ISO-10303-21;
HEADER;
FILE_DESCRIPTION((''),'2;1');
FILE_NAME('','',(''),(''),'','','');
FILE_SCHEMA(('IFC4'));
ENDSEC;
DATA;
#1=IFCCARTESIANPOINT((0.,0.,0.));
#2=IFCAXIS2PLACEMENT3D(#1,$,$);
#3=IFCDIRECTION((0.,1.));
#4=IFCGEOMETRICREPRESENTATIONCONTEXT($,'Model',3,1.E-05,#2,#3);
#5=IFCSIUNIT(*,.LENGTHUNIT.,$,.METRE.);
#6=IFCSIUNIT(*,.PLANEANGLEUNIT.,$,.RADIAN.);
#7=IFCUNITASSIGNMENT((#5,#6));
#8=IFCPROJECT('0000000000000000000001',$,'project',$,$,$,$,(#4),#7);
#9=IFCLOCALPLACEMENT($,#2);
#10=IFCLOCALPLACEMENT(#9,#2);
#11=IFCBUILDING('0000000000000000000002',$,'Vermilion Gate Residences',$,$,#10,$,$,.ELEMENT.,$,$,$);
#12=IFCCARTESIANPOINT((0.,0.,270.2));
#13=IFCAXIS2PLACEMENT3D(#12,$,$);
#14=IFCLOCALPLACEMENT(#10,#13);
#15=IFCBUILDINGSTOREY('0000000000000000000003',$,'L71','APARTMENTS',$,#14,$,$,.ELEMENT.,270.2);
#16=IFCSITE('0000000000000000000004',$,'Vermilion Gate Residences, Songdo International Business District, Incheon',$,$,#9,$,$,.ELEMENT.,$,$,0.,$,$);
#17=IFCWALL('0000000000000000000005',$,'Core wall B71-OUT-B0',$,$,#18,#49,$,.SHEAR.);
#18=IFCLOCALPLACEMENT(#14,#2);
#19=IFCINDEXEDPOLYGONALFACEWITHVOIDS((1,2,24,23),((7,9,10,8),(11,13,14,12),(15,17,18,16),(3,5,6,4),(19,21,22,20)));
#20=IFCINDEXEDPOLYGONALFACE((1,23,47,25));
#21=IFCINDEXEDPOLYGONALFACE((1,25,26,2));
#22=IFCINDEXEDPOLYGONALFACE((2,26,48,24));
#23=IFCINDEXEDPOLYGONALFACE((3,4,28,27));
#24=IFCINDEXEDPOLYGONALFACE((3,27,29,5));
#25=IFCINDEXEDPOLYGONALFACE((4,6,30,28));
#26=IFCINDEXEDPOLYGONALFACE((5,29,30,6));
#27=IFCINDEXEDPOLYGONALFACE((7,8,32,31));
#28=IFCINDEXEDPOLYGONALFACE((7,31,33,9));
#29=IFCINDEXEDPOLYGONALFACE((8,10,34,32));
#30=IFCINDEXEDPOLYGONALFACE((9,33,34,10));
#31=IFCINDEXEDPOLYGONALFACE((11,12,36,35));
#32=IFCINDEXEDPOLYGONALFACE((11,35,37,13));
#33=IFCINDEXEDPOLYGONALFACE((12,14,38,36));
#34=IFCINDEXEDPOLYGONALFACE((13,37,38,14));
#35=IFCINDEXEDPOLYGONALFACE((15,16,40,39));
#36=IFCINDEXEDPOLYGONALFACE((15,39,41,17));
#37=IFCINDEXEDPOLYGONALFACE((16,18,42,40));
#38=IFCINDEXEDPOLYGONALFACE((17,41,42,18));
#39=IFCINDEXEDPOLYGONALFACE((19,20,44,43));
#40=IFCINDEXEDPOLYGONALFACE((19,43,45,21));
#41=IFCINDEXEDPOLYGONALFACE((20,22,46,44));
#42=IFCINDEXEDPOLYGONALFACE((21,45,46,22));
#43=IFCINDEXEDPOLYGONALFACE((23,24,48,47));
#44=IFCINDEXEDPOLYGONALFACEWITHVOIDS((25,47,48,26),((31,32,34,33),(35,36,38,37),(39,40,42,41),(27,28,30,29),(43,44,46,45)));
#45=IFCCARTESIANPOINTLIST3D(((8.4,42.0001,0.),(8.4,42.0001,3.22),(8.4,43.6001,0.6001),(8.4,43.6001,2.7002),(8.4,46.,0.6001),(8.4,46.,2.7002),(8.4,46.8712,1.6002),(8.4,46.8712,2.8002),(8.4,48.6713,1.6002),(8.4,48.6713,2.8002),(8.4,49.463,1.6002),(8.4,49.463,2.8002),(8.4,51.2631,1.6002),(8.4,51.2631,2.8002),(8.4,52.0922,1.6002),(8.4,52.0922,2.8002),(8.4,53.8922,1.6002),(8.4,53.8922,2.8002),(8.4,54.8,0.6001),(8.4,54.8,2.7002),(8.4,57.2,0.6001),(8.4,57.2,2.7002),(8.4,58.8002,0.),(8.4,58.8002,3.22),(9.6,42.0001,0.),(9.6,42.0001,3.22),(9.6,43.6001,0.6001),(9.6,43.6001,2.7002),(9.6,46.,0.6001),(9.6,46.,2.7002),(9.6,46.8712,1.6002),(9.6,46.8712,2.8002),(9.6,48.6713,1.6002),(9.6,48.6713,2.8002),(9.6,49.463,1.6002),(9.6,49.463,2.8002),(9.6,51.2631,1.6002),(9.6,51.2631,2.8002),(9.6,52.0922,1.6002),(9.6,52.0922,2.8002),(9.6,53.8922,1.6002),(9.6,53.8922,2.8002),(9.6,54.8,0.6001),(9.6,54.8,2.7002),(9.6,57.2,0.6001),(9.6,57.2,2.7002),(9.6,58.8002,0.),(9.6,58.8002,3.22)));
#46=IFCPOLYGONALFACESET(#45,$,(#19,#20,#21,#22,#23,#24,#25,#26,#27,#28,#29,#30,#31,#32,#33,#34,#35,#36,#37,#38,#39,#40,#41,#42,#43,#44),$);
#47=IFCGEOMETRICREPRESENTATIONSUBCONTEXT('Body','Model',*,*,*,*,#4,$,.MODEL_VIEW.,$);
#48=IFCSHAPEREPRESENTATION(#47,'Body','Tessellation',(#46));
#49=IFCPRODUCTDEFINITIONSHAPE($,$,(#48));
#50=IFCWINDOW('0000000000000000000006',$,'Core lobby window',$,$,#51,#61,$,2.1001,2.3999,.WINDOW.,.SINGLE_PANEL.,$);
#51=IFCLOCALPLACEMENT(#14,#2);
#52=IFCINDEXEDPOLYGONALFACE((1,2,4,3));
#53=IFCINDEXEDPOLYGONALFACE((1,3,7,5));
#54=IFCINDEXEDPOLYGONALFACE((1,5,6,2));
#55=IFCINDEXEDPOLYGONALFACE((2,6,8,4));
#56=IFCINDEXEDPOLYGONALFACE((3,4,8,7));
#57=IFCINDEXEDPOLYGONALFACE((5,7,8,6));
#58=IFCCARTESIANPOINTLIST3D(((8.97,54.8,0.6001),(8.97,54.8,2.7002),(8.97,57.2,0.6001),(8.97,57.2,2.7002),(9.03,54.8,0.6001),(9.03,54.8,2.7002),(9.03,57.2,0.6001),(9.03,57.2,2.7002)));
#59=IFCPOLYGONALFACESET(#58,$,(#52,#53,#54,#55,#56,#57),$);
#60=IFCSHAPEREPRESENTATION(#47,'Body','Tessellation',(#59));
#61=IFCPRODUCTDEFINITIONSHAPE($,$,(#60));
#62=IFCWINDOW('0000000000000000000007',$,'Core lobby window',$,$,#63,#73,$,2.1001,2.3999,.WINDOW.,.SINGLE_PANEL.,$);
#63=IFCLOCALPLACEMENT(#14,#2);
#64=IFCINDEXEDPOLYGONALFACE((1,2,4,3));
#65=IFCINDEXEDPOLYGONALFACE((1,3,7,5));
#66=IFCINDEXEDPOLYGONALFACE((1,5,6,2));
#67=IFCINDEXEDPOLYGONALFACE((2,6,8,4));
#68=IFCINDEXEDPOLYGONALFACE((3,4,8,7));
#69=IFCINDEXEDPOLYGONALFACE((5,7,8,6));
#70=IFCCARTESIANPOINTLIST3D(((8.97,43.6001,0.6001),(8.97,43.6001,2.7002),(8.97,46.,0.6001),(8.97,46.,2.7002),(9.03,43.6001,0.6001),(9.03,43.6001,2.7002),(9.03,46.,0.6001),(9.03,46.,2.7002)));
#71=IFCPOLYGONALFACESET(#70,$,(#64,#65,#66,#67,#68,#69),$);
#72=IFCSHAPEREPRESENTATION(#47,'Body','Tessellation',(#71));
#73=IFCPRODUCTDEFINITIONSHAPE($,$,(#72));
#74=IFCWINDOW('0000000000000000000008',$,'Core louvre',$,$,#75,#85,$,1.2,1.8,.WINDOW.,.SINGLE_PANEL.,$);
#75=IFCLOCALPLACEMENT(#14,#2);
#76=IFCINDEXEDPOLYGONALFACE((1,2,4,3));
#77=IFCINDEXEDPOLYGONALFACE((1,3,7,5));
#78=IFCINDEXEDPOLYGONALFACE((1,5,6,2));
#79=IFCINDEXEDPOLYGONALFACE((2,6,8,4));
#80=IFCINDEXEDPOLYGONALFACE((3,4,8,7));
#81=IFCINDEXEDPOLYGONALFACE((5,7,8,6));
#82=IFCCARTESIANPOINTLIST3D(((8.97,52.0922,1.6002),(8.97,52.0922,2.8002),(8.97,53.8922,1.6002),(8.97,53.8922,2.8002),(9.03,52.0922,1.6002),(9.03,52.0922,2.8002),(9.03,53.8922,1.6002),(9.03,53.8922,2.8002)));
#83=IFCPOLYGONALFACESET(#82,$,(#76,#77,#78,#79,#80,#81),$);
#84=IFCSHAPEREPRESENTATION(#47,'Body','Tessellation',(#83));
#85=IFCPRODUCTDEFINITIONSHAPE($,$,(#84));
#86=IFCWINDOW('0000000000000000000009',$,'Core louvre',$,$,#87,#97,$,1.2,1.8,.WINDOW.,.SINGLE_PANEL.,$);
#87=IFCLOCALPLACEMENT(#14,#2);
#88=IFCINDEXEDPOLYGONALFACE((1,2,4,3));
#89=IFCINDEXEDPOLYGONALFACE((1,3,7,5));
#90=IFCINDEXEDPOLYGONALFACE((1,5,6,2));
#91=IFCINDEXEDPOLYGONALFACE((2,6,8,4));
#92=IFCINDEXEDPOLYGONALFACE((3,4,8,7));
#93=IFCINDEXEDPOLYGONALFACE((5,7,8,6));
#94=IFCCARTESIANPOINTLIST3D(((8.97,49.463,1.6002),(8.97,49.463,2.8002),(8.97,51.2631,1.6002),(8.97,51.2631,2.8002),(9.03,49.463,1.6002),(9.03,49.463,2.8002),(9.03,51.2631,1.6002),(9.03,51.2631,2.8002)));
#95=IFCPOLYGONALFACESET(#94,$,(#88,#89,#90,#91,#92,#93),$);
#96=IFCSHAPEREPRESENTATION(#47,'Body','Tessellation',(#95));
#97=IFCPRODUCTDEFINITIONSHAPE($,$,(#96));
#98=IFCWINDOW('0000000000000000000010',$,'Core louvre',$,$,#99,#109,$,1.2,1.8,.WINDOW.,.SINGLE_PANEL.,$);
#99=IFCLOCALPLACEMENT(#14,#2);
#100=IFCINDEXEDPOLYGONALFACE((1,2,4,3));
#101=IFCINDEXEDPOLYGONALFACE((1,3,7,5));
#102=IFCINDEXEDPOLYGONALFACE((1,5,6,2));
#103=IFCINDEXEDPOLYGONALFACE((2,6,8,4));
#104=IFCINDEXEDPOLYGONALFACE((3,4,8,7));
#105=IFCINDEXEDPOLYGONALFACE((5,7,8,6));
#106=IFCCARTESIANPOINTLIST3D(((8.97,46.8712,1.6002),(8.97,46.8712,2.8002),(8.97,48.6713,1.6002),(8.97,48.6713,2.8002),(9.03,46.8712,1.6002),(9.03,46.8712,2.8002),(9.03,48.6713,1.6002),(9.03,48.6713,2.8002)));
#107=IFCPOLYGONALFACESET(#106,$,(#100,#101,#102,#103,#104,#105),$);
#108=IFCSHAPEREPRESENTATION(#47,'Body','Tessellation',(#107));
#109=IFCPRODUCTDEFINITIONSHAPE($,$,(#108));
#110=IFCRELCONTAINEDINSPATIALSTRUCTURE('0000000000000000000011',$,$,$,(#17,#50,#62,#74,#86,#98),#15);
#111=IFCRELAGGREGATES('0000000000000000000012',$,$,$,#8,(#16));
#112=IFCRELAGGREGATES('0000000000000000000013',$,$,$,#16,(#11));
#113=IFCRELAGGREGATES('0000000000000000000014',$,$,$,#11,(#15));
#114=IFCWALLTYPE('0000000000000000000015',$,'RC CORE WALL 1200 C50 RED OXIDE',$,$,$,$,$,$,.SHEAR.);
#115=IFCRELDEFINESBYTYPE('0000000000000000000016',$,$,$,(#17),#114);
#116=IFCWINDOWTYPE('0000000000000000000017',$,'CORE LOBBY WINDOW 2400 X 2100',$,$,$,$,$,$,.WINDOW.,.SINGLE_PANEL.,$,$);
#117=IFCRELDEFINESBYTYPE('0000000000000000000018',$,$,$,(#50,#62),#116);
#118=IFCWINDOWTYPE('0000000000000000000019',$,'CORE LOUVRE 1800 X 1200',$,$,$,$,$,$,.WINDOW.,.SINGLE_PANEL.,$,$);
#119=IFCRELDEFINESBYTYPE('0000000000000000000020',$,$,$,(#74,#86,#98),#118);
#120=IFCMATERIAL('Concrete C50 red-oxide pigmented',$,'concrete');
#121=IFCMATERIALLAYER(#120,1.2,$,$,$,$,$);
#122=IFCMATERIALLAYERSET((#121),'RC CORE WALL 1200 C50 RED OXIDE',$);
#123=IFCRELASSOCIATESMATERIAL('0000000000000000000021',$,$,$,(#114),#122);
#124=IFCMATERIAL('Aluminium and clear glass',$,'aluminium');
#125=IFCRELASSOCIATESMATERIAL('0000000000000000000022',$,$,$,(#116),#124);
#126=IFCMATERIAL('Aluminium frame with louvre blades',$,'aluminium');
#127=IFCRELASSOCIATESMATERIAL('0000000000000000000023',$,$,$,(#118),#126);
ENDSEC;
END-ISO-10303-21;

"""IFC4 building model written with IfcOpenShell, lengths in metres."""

from ifc_helpers import new_model, si_unit, direction, frame, frame_2d, origin, place, context, subcontext, project, spatial, rectangle, extrude, material, layer, layer_set, type_object, element, fill, save


model = new_model("IFC4")

# Units and contexts
model_context = context("Model", 3, precision=1e-05, world=origin(), true_north=direction((0.0, 1.0)))
body_context = subcontext(model_context, "Body", "Model", "MODEL_VIEW")
ifc_project = project(units=[si_unit("LENGTHUNIT", "METRE"), si_unit("PLANEANGLEUNIT", "RADIAN")], contexts=[model_context])

# Site, building, storey
site_placement = place(None, origin())
site = spatial("IfcSite", under=ifc_project, at=site_placement, Name="Vermilion Gate Residences, Songdo International Business District, Incheon", CompositionType="ELEMENT", RefElevation=0.0)
building_placement = place(site_placement, origin())
building = spatial("IfcBuilding", under=site, at=building_placement, Name="Vermilion Gate Residences", CompositionType="ELEMENT")
storey_placement = place(building_placement, frame((0.0, 0.0, 270.2)))
storey = spatial("IfcBuildingStorey", under=building, at=storey_placement, Name="L71", Description="APARTMENTS", CompositionType="ELEMENT", Elevation=270.2)

# Wall, openings, windows
ifc_material_1 = material(Name="Concrete C50 red-oxide pigmented", Category="concrete")
ifc_layer_1 = layer(ifc_material_1, 1.2)
ifc_layer_set_1 = layer_set([ifc_layer_1], Name="RC CORE WALL 1200 C50 RED OXIDE")
wall_type_1 = type_object("IfcWallType", Name="RC CORE WALL 1200 C50 RED OXIDE", PredefinedType="SHEAR", material=ifc_layer_set_1)
wall_1_placement = place(storey_placement, frame((9.0, 58.8, 0.0), z_axis=(0.0, 0.0, 1.0), x_axis=(0.0, -1.0, 0.0)))
wall_1 = element("IfcWall", 1, at=wall_1_placement, inside=storey, type_object=wall_type_1, Name="Core wall B71-OUT-B0", PredefinedType="SHEAR", context=body_context, shape_type="SweptSolid", body=[
    extrude(rectangle(XDim=16.8, YDim=1.2, at=frame_2d((8.3999, 0.0))), origin(), (0.0, 0.0, 1.0), 3.22),
])
opening_1_placement = place(wall_1_placement, frame((1.6001, 0.0, 0.6001)))
opening_1 = element("IfcOpeningElement", 2, at=opening_1_placement, cuts=wall_1, PredefinedType="OPENING", context=body_context, shape_type="SweptSolid", body=[
    extrude(rectangle(XDim=2.3999, YDim=2.1001, at=frame_2d((1.2, 1.05))), frame((0.0, 0.6099, 0.0), z_axis=(0.0, -1.0, 0.0), x_axis=(1.0, 0.0, 0.0)), (0.0, 0.0, 1.0), 1.22),
])
opening_2_placement = place(wall_1_placement, frame((4.908, 0.0, 1.6001)))
opening_2 = element("IfcOpeningElement", 3, at=opening_2_placement, cuts=wall_1, PredefinedType="OPENING", context=body_context, shape_type="SweptSolid", body=[
    extrude(rectangle(XDim=1.8, YDim=1.2, at=frame_2d((0.8999, 0.6001))), frame((0.0, 0.6099, 0.0), z_axis=(0.0, -1.0, 0.0), x_axis=(1.0, 0.0, 0.0)), (0.0, 0.0, 1.0), 1.22),
])
opening_3_placement = place(wall_1_placement, frame((7.5371, 0.0, 1.6001)))
opening_3 = element("IfcOpeningElement", 4, at=opening_3_placement, cuts=wall_1, PredefinedType="OPENING", context=body_context, shape_type="SweptSolid", body=[
    extrude(rectangle(XDim=1.8, YDim=1.2, at=frame_2d((0.8999, 0.6001))), frame((0.0, 0.6099, 0.0), z_axis=(0.0, -1.0, 0.0), x_axis=(1.0, 0.0, 0.0)), (0.0, 0.0, 1.0), 1.22),
])
opening_4_placement = place(wall_1_placement, frame((10.1289, 0.0, 1.6001)))
opening_4 = element("IfcOpeningElement", 5, at=opening_4_placement, cuts=wall_1, PredefinedType="OPENING", context=body_context, shape_type="SweptSolid", body=[
    extrude(rectangle(XDim=1.8, YDim=1.2, at=frame_2d((0.8999, 0.6001))), frame((0.0, 0.6099, 0.0), z_axis=(0.0, -1.0, 0.0), x_axis=(1.0, 0.0, 0.0)), (0.0, 0.0, 1.0), 1.22),
])
opening_5_placement = place(wall_1_placement, frame((12.8, 0.0, 0.6001)))
opening_5 = element("IfcOpeningElement", 6, at=opening_5_placement, cuts=wall_1, PredefinedType="OPENING", context=body_context, shape_type="SweptSolid", body=[
    extrude(rectangle(XDim=2.3999, YDim=2.1001, at=frame_2d((1.2, 1.05))), frame((0.0, 0.6099, 0.0), z_axis=(0.0, -1.0, 0.0), x_axis=(1.0, 0.0, 0.0)), (0.0, 0.0, 1.0), 1.22),
])
ifc_material_2 = material(Name="Aluminium and clear glass", Category="aluminium")
window_type_1 = type_object("IfcWindowType", Name="CORE LOBBY WINDOW 2400 X 2100", PartitioningType="SINGLE_PANEL", PredefinedType="WINDOW", material=ifc_material_2)
window_1_placement = place(opening_1_placement, origin())
window_1 = element("IfcWindow", 7, at=window_1_placement, inside=storey, type_object=window_type_1, Name="Core lobby window", OverallHeight=2.1001, OverallWidth=2.3999, PartitioningType="SINGLE_PANEL", PredefinedType="WINDOW", context=body_context, shape_type="SweptSolid", body=[
    extrude(rectangle(XDim=2.3999, YDim=2.1001, at=frame_2d((1.2, 1.05))), frame((0.0, 0.03, 0.0), z_axis=(0.0, -1.0, 0.0), x_axis=(1.0, 0.0, 0.0)), (0.0, 0.0, 1.0), 0.0601),
])
fill(opening_1, window_1)
window_2_placement = place(opening_5_placement, origin())
window_2 = element("IfcWindow", 8, at=window_2_placement, inside=storey, type_object=window_type_1, Name="Core lobby window", OverallHeight=2.1001, OverallWidth=2.3999, PartitioningType="SINGLE_PANEL", PredefinedType="WINDOW", context=body_context, shape_type="SweptSolid", body=[
    extrude(rectangle(XDim=2.3999, YDim=2.1001, at=frame_2d((1.2, 1.05))), frame((0.0, 0.03, 0.0), z_axis=(0.0, -1.0, 0.0), x_axis=(1.0, 0.0, 0.0)), (0.0, 0.0, 1.0), 0.0601),
])
fill(opening_5, window_2)
ifc_material_3 = material(Name="Aluminium frame with louvre blades", Category="aluminium")
window_type_2 = type_object("IfcWindowType", Name="CORE LOUVRE 1800 X 1200", PartitioningType="SINGLE_PANEL", PredefinedType="WINDOW", material=ifc_material_3)
window_3_placement = place(opening_2_placement, origin())
window_3 = element("IfcWindow", 9, at=window_3_placement, inside=storey, type_object=window_type_2, Name="Core louvre", OverallHeight=1.2, OverallWidth=1.8, PartitioningType="SINGLE_PANEL", PredefinedType="WINDOW", context=body_context, shape_type="SweptSolid", body=[
    extrude(rectangle(XDim=1.8, YDim=1.2, at=frame_2d((0.8999, 0.6001))), frame((0.0, 0.03, 0.0), z_axis=(0.0, -1.0, 0.0), x_axis=(1.0, 0.0, 0.0)), (0.0, 0.0, 1.0), 0.0601),
])
fill(opening_2, window_3)
window_4_placement = place(opening_3_placement, origin())
window_4 = element("IfcWindow", 10, at=window_4_placement, inside=storey, type_object=window_type_2, Name="Core louvre", OverallHeight=1.2, OverallWidth=1.8, PartitioningType="SINGLE_PANEL", PredefinedType="WINDOW", context=body_context, shape_type="SweptSolid", body=[
    extrude(rectangle(XDim=1.8, YDim=1.2, at=frame_2d((0.8999, 0.6001))), frame((0.0, 0.03, 0.0), z_axis=(0.0, -1.0, 0.0), x_axis=(1.0, 0.0, 0.0)), (0.0, 0.0, 1.0), 0.0601),
])
fill(opening_3, window_4)
window_5_placement = place(opening_4_placement, origin())
window_5 = element("IfcWindow", 11, at=window_5_placement, inside=storey, type_object=window_type_2, Name="Core louvre", OverallHeight=1.2, OverallWidth=1.8, PartitioningType="SINGLE_PANEL", PredefinedType="WINDOW", context=body_context, shape_type="SweptSolid", body=[
    extrude(rectangle(XDim=1.8, YDim=1.2, at=frame_2d((0.8999, 0.6001))), frame((0.0, 0.03, 0.0), z_axis=(0.0, -1.0, 0.0), x_axis=(1.0, 0.0, 0.0)), (0.0, 0.0, 1.0), 0.0601),
])
fill(opening_4, window_5)

save(model, "model.ifc")
